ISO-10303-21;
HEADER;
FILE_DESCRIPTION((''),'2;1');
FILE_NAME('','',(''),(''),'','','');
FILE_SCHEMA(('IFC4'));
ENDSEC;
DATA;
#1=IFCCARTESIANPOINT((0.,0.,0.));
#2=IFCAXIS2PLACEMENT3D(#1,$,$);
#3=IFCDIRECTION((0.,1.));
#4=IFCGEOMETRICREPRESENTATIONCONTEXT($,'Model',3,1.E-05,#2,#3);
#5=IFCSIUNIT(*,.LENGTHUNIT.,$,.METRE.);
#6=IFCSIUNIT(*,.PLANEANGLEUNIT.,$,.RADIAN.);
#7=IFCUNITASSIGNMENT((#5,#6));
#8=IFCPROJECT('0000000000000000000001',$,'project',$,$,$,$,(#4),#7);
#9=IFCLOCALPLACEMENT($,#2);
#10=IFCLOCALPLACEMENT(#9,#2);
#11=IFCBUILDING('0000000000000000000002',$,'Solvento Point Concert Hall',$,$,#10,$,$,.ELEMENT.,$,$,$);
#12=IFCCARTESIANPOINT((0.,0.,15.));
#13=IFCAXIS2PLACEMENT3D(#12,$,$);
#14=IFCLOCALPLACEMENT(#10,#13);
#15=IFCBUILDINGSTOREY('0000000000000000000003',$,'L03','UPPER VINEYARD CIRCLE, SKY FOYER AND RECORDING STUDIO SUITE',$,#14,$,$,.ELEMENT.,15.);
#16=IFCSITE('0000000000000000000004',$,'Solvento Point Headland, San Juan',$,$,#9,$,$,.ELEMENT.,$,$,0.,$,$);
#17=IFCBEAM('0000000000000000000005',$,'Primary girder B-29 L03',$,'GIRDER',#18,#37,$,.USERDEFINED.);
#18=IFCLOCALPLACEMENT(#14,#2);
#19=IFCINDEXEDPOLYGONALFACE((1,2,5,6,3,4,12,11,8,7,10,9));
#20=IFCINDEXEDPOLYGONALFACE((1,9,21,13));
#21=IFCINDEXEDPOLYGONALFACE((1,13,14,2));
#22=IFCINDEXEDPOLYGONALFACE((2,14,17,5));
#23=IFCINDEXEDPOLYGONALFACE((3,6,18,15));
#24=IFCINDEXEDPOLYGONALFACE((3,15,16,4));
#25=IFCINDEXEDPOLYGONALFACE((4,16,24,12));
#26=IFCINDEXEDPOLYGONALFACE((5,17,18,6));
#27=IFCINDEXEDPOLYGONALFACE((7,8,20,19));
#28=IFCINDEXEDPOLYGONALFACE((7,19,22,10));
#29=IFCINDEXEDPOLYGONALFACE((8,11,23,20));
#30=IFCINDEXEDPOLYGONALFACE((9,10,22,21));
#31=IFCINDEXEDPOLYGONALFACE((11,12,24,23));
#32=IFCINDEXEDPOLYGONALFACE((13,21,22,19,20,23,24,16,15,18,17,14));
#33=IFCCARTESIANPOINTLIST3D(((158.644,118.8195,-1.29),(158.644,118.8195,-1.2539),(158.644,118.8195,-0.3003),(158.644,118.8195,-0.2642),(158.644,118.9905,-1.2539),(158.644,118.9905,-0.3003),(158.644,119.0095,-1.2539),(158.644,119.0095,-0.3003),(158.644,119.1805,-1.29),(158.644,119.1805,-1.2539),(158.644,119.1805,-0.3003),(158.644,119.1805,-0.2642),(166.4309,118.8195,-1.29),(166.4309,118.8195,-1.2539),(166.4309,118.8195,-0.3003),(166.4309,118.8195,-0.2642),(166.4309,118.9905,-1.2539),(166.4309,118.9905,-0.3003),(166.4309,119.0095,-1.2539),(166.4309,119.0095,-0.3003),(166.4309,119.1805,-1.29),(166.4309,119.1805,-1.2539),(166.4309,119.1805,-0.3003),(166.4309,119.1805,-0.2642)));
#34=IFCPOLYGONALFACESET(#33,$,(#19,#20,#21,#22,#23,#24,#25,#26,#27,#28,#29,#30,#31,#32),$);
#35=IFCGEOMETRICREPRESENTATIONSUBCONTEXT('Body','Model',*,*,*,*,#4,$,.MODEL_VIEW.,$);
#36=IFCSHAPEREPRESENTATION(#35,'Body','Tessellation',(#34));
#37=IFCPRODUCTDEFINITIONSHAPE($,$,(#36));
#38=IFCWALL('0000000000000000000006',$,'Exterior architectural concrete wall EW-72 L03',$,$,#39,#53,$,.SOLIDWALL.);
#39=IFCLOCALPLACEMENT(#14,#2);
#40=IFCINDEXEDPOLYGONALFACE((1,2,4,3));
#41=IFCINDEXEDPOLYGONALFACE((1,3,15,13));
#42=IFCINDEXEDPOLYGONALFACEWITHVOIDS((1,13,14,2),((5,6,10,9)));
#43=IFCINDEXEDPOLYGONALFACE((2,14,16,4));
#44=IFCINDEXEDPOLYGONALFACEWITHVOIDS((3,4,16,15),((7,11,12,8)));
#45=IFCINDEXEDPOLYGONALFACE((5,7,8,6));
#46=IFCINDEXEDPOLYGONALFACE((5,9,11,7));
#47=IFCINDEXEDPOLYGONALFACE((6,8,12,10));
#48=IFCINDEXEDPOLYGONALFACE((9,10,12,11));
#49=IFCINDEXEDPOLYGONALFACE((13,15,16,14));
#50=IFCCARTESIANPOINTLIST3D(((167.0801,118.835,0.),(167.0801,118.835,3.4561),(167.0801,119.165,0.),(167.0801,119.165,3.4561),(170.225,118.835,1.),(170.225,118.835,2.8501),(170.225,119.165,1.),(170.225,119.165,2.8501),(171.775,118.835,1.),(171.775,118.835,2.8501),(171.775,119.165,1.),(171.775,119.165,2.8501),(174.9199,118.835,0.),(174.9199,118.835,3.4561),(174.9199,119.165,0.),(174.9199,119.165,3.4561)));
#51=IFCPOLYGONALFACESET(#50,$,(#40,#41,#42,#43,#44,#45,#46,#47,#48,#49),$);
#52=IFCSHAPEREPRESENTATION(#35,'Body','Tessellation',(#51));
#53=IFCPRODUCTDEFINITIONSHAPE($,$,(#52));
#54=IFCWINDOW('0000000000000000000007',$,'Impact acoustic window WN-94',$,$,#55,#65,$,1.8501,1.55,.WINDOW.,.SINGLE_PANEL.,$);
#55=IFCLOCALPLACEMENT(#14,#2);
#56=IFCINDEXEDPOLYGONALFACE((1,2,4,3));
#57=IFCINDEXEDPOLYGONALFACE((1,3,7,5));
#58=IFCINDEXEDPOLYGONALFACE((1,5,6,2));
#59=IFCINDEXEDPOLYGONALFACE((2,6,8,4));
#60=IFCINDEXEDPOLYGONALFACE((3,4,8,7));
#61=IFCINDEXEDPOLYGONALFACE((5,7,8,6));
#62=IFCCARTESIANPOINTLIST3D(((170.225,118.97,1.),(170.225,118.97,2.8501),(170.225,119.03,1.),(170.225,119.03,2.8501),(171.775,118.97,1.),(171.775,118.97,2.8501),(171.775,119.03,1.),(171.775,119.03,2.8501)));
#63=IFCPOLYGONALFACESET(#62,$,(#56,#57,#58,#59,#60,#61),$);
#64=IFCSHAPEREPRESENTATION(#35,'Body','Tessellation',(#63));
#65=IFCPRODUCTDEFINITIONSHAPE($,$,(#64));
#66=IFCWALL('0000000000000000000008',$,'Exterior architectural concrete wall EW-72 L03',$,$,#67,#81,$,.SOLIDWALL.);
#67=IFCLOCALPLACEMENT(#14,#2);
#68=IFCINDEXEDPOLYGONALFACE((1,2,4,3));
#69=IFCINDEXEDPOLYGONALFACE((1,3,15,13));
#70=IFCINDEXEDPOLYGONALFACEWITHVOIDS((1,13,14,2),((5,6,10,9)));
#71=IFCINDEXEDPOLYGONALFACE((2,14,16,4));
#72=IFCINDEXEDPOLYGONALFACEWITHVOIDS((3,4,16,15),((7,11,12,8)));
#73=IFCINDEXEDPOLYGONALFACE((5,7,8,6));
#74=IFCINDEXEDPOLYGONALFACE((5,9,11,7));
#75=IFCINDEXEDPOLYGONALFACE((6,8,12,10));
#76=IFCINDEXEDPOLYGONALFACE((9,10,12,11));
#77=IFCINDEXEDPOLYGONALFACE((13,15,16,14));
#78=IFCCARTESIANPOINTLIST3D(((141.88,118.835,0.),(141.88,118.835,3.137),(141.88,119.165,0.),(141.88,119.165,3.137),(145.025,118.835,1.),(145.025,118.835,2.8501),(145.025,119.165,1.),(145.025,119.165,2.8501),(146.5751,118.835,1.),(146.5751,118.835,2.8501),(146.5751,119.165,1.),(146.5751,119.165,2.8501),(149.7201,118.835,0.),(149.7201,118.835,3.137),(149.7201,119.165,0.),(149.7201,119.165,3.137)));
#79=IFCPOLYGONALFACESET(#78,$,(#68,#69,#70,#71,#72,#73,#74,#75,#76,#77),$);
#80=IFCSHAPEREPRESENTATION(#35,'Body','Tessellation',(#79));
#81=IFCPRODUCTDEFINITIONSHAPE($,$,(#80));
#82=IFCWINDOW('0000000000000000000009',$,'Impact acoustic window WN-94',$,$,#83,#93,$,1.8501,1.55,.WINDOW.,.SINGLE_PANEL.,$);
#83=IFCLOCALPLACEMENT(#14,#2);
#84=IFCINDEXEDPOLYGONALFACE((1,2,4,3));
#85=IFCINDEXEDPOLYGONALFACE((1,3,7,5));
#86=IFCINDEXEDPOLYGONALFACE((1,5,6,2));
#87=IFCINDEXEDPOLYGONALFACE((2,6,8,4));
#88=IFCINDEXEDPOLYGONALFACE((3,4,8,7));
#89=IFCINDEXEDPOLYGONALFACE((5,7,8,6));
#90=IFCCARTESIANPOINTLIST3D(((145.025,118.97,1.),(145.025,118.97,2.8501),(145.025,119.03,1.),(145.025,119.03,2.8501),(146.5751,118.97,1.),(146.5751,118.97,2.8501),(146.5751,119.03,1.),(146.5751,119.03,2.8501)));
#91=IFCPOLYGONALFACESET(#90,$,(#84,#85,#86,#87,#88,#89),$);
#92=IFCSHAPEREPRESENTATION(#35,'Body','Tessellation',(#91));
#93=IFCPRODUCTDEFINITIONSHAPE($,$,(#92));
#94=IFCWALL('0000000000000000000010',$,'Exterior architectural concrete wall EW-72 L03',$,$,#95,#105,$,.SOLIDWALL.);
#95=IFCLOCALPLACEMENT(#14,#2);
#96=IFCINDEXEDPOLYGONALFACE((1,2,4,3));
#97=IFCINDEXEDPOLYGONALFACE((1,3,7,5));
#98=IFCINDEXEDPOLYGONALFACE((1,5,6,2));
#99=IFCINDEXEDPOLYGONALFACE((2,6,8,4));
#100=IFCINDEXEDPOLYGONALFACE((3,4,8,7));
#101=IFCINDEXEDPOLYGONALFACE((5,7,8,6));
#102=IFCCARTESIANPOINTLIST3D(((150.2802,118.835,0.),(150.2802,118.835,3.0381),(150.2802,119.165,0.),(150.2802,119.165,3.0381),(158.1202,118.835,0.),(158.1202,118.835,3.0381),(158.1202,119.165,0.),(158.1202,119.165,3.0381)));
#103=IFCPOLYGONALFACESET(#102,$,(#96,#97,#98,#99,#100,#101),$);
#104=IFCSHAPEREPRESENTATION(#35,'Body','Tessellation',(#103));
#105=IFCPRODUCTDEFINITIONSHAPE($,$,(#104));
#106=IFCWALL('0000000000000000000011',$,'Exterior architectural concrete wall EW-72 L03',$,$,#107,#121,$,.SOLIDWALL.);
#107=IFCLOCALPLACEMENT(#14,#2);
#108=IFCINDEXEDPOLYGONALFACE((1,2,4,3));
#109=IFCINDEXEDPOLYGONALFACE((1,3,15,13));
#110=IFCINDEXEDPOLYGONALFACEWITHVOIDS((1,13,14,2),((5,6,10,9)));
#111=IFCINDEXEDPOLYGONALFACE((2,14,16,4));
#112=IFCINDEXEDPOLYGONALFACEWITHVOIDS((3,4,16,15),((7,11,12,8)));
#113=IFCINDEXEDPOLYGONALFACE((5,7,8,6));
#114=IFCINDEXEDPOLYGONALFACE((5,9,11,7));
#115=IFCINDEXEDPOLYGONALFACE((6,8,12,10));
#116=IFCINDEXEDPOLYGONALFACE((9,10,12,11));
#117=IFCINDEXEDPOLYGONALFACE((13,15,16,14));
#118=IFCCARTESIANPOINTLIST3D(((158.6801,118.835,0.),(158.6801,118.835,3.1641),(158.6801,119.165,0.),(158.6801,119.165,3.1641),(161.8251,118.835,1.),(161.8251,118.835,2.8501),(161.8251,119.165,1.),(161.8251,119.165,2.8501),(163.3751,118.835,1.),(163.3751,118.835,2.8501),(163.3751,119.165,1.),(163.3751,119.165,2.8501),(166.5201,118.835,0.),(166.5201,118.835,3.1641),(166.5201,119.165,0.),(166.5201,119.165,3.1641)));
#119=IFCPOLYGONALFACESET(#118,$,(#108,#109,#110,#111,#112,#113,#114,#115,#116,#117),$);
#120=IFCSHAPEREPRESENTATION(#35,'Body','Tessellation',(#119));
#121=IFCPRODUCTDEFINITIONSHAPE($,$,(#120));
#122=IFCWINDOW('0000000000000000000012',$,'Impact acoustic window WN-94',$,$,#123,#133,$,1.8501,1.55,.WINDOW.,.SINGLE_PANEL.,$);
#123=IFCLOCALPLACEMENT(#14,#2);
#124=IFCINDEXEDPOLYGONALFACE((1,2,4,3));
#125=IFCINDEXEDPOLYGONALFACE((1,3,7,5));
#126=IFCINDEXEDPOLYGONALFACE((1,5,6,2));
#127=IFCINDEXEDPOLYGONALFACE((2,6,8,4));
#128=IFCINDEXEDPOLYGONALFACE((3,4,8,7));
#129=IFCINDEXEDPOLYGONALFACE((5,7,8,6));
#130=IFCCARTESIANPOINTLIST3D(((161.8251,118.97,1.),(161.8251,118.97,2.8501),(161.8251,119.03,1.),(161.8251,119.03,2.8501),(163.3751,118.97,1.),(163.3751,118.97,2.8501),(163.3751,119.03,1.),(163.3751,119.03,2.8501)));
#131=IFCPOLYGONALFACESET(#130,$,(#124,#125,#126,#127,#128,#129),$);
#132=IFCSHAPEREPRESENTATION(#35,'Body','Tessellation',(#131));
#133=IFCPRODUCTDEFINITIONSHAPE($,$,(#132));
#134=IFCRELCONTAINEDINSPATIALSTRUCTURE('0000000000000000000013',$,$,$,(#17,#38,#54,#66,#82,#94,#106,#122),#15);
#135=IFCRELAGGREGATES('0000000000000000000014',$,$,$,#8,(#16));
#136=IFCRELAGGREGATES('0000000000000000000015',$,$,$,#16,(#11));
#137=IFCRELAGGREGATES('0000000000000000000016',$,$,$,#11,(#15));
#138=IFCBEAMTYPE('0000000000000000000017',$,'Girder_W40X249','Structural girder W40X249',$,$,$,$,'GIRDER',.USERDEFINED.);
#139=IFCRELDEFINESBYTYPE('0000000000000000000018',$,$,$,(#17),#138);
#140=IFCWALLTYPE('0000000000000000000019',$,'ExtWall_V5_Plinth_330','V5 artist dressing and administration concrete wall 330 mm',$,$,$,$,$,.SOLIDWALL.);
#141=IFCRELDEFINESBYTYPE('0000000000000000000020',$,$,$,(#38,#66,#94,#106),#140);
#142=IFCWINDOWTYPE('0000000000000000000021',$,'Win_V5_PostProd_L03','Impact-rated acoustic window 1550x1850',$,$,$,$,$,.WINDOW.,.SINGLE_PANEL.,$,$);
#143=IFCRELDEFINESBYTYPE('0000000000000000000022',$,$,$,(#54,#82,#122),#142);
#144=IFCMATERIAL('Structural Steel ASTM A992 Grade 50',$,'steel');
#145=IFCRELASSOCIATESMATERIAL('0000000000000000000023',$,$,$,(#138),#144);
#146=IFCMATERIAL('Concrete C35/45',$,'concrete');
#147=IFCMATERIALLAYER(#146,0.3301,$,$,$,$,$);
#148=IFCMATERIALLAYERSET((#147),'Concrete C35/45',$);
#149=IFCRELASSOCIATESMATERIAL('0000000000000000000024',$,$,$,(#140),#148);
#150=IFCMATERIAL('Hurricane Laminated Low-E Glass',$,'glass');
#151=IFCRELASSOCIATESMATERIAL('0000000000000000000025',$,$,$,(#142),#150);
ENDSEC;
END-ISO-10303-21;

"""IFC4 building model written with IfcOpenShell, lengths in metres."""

from ifc_helpers import new_model, si_unit, direction, frame, frame_2d, origin, origin_2d, place, context, subcontext, project, spatial, rectangle, i_section, extrude, material, layer, layer_set, material_profile, profile_set, type_object, element, fill, save


model = new_model("IFC4")

# Units and contexts
model_context = context("Model", 3, precision=1e-05, world=origin(), true_north=direction((0.0, 1.0)))
body_context = subcontext(model_context, "Body", "Model", "MODEL_VIEW")
ifc_project = project(units=[si_unit("LENGTHUNIT", "METRE"), si_unit("PLANEANGLEUNIT", "RADIAN")], contexts=[model_context])

# Site, building, storey
site_placement = place(None, origin())
site = spatial("IfcSite", under=ifc_project, at=site_placement, Name="Solvento Point Headland, San Juan", CompositionType="ELEMENT", RefElevation=0.0)
building_placement = place(site_placement, origin())
building = spatial("IfcBuilding", under=site, at=building_placement, Name="Solvento Point Concert Hall", CompositionType="ELEMENT")
storey_placement = place(building_placement, frame((0.0, 0.0, 15.0)))
storey = spatial("IfcBuildingStorey", under=building, at=storey_placement, Name="L03", Description="UPPER VINEYARD CIRCLE, SKY FOYER AND RECORDING STUDIO SUITE", CompositionType="ELEMENT", Elevation=15.0)

# Beam
ifc_material_1 = material(Name="Structural Steel ASTM A992 Grade 50", Category="steel")
ifc_material_profile_1 = material_profile(ifc_material_1, i_section(OverallWidth=0.3611, OverallDepth=1.0259, WebThickness=0.019, FlangeThickness=0.0361, at=origin_2d()), Name="W40X249")
ifc_profile_set_1 = profile_set([ifc_material_profile_1], Name="Structural Steel ASTM A992 Grade 50")
beam_type_1 = type_object("IfcBeamType", Name="Girder_W40X249", Description="Structural girder W40X249", ElementType="GIRDER", PredefinedType="USERDEFINED", material=ifc_profile_set_1)
beam_1_placement = place(storey_placement, frame((158.644, 119.0, -0.7771), z_axis=(1.0, 0.0, 0.0), x_axis=(0.0, 1.0, 0.0)))
element("IfcBeam", 1, at=beam_1_placement, inside=storey, type_object=beam_type_1, Name="Primary girder B-29 L03", ObjectType="GIRDER", PredefinedType="USERDEFINED", context=body_context, shape_type="SweptSolid", body=[
    extrude(i_section(OverallWidth=0.3611, OverallDepth=1.0259, WebThickness=0.019, FlangeThickness=0.0361, at=origin_2d()), origin(), (0.0, 0.0, 1.0), 7.7869),
])

# Walls, openings, windows
ifc_material_2 = material(Name="Concrete C35/45", Category="concrete")
ifc_layer = layer(ifc_material_2, 0.3301)
ifc_layer_set = layer_set([ifc_layer], Name="Concrete C35/45")
wall_type = type_object("IfcWallType", Name="ExtWall_V5_Plinth_330", Description="V5 artist dressing and administration concrete wall 330 mm", PredefinedType="SOLIDWALL", material=ifc_layer_set)
wall_1_placement = place(storey_placement, frame((174.9199, 119.0, 0.0), z_axis=(0.0, 0.0, 1.0), x_axis=(-1.0, 0.0, 0.0)))
wall_1 = element("IfcWall", 2, at=wall_1_placement, inside=storey, type_object=wall_type, Name="Exterior architectural concrete wall EW-72 L03", PredefinedType="SOLIDWALL", context=body_context, shape_type="SweptSolid", body=[
    extrude(rectangle(XDim=7.8398, YDim=0.3301, at=frame_2d((3.9199, 0.0))), origin(), (0.0, 0.0, 1.0), 3.4561),
])
opening_1_placement = place(wall_1_placement, frame((3.145, 0.0, 1.0)))
opening_1 = element("IfcOpeningElement", 3, at=opening_1_placement, cuts=wall_1, PredefinedType="OPENING", context=body_context, shape_type="SweptSolid", body=[
    extrude(rectangle(XDim=1.55, YDim=1.8501, at=frame_2d((0.7749, 0.925))), frame((0.0, 0.175, 0.0), z_axis=(0.0, -1.0, 0.0), x_axis=(1.0, 0.0, 0.0)), (0.0, 0.0, 1.0), 0.3501),
])
ifc_material_3 = material(Name="Hurricane Laminated Low-E Glass", Category="glass")
window_type = type_object("IfcWindowType", Name="Win_V5_PostProd_L03", Description="Impact-rated acoustic window 1550x1850", PartitioningType="SINGLE_PANEL", PredefinedType="WINDOW", material=ifc_material_3)
window_1_placement = place(opening_1_placement, origin())
window_1 = element("IfcWindow", 4, at=window_1_placement, inside=storey, type_object=window_type, Name="Impact acoustic window WN-94", OverallHeight=1.8501, OverallWidth=1.55, PartitioningType="SINGLE_PANEL", PredefinedType="WINDOW", context=body_context, shape_type="SweptSolid", body=[
    extrude(rectangle(XDim=1.55, YDim=1.8501, at=frame_2d((0.7749, 0.925))), frame((0.0, 0.03, 0.0), z_axis=(0.0, -1.0, 0.0), x_axis=(1.0, 0.0, 0.0)), (0.0, 0.0, 1.0), 0.0601),
])
fill(opening_1, window_1)
wall_2_placement = place(storey_placement, frame((149.72, 119.0, 0.0), z_axis=(0.0, 0.0, 1.0), x_axis=(-1.0, 0.0, 0.0)))
wall_2 = element("IfcWall", 5, at=wall_2_placement, inside=storey, type_object=wall_type, Name="Exterior architectural concrete wall EW-72 L03", PredefinedType="SOLIDWALL", context=body_context, shape_type="SweptSolid", body=[
    extrude(rectangle(XDim=7.8401, YDim=0.3301, at=frame_2d((3.9199, 0.0))), origin(), (0.0, 0.0, 1.0), 3.137),
])
opening_2_placement = place(wall_2_placement, frame((3.145, 0.0, 1.0)))
opening_2 = element("IfcOpeningElement", 6, at=opening_2_placement, cuts=wall_2, PredefinedType="OPENING", context=body_context, shape_type="SweptSolid", body=[
    extrude(rectangle(XDim=1.55, YDim=1.8501, at=frame_2d((0.7749, 0.925))), frame((0.0, 0.175, 0.0), z_axis=(0.0, -1.0, 0.0), x_axis=(1.0, 0.0, 0.0)), (0.0, 0.0, 1.0), 0.3501),
])
window_2_placement = place(opening_2_placement, origin())
window_2 = element("IfcWindow", 7, at=window_2_placement, inside=storey, type_object=window_type, Name="Impact acoustic window WN-94", OverallHeight=1.8501, OverallWidth=1.55, PartitioningType="SINGLE_PANEL", PredefinedType="WINDOW", context=body_context, shape_type="SweptSolid", body=[
    extrude(rectangle(XDim=1.55, YDim=1.8501, at=frame_2d((0.7749, 0.925))), frame((0.0, 0.03, 0.0), z_axis=(0.0, -1.0, 0.0), x_axis=(1.0, 0.0, 0.0)), (0.0, 0.0, 1.0), 0.0601),
])
fill(opening_2, window_2)

# Wall
wall_3_placement = place(storey_placement, frame((158.1201, 119.0, 0.0), z_axis=(0.0, 0.0, 1.0), x_axis=(-1.0, 0.0, 0.0)))
element("IfcWall", 8, at=wall_3_placement, inside=storey, type_object=wall_type, Name="Exterior architectural concrete wall EW-72 L03", PredefinedType="SOLIDWALL", context=body_context, shape_type="SweptSolid", body=[
    extrude(rectangle(XDim=7.8401, YDim=0.3301, at=frame_2d((3.9199, 0.0))), origin(), (0.0, 0.0, 1.0), 3.0381),
])

# Wall, opening, window
wall_4_placement = place(storey_placement, frame((166.52, 119.0, 0.0), z_axis=(0.0, 0.0, 1.0), x_axis=(-1.0, 0.0, 0.0)))
wall_4 = element("IfcWall", 9, at=wall_4_placement, inside=storey, type_object=wall_type, Name="Exterior architectural concrete wall EW-72 L03", PredefinedType="SOLIDWALL", context=body_context, shape_type="SweptSolid", body=[
    extrude(rectangle(XDim=7.8401, YDim=0.3301, at=frame_2d((3.9199, 0.0))), origin(), (0.0, 0.0, 1.0), 3.1641),
])
opening_3_placement = place(wall_4_placement, frame((3.145, 0.0, 1.0)))
opening_3 = element("IfcOpeningElement", 10, at=opening_3_placement, cuts=wall_4, PredefinedType="OPENING", context=body_context, shape_type="SweptSolid", body=[
    extrude(rectangle(XDim=1.55, YDim=1.8501, at=frame_2d((0.7749, 0.925))), frame((0.0, 0.175, 0.0), z_axis=(0.0, -1.0, 0.0), x_axis=(1.0, 0.0, 0.0)), (0.0, 0.0, 1.0), 0.3501),
])
window_3_placement = place(opening_3_placement, origin())
window_3 = element("IfcWindow", 11, at=window_3_placement, inside=storey, type_object=window_type, Name="Impact acoustic window WN-94", OverallHeight=1.8501, OverallWidth=1.55, PartitioningType="SINGLE_PANEL", PredefinedType="WINDOW", context=body_context, shape_type="SweptSolid", body=[
    extrude(rectangle(XDim=1.55, YDim=1.8501, at=frame_2d((0.7749, 0.925))), frame((0.0, 0.03, 0.0), z_axis=(0.0, -1.0, 0.0), x_axis=(1.0, 0.0, 0.0)), (0.0, 0.0, 1.0), 0.0601),
])
fill(opening_3, window_3)

save(model, "model.ifc")
